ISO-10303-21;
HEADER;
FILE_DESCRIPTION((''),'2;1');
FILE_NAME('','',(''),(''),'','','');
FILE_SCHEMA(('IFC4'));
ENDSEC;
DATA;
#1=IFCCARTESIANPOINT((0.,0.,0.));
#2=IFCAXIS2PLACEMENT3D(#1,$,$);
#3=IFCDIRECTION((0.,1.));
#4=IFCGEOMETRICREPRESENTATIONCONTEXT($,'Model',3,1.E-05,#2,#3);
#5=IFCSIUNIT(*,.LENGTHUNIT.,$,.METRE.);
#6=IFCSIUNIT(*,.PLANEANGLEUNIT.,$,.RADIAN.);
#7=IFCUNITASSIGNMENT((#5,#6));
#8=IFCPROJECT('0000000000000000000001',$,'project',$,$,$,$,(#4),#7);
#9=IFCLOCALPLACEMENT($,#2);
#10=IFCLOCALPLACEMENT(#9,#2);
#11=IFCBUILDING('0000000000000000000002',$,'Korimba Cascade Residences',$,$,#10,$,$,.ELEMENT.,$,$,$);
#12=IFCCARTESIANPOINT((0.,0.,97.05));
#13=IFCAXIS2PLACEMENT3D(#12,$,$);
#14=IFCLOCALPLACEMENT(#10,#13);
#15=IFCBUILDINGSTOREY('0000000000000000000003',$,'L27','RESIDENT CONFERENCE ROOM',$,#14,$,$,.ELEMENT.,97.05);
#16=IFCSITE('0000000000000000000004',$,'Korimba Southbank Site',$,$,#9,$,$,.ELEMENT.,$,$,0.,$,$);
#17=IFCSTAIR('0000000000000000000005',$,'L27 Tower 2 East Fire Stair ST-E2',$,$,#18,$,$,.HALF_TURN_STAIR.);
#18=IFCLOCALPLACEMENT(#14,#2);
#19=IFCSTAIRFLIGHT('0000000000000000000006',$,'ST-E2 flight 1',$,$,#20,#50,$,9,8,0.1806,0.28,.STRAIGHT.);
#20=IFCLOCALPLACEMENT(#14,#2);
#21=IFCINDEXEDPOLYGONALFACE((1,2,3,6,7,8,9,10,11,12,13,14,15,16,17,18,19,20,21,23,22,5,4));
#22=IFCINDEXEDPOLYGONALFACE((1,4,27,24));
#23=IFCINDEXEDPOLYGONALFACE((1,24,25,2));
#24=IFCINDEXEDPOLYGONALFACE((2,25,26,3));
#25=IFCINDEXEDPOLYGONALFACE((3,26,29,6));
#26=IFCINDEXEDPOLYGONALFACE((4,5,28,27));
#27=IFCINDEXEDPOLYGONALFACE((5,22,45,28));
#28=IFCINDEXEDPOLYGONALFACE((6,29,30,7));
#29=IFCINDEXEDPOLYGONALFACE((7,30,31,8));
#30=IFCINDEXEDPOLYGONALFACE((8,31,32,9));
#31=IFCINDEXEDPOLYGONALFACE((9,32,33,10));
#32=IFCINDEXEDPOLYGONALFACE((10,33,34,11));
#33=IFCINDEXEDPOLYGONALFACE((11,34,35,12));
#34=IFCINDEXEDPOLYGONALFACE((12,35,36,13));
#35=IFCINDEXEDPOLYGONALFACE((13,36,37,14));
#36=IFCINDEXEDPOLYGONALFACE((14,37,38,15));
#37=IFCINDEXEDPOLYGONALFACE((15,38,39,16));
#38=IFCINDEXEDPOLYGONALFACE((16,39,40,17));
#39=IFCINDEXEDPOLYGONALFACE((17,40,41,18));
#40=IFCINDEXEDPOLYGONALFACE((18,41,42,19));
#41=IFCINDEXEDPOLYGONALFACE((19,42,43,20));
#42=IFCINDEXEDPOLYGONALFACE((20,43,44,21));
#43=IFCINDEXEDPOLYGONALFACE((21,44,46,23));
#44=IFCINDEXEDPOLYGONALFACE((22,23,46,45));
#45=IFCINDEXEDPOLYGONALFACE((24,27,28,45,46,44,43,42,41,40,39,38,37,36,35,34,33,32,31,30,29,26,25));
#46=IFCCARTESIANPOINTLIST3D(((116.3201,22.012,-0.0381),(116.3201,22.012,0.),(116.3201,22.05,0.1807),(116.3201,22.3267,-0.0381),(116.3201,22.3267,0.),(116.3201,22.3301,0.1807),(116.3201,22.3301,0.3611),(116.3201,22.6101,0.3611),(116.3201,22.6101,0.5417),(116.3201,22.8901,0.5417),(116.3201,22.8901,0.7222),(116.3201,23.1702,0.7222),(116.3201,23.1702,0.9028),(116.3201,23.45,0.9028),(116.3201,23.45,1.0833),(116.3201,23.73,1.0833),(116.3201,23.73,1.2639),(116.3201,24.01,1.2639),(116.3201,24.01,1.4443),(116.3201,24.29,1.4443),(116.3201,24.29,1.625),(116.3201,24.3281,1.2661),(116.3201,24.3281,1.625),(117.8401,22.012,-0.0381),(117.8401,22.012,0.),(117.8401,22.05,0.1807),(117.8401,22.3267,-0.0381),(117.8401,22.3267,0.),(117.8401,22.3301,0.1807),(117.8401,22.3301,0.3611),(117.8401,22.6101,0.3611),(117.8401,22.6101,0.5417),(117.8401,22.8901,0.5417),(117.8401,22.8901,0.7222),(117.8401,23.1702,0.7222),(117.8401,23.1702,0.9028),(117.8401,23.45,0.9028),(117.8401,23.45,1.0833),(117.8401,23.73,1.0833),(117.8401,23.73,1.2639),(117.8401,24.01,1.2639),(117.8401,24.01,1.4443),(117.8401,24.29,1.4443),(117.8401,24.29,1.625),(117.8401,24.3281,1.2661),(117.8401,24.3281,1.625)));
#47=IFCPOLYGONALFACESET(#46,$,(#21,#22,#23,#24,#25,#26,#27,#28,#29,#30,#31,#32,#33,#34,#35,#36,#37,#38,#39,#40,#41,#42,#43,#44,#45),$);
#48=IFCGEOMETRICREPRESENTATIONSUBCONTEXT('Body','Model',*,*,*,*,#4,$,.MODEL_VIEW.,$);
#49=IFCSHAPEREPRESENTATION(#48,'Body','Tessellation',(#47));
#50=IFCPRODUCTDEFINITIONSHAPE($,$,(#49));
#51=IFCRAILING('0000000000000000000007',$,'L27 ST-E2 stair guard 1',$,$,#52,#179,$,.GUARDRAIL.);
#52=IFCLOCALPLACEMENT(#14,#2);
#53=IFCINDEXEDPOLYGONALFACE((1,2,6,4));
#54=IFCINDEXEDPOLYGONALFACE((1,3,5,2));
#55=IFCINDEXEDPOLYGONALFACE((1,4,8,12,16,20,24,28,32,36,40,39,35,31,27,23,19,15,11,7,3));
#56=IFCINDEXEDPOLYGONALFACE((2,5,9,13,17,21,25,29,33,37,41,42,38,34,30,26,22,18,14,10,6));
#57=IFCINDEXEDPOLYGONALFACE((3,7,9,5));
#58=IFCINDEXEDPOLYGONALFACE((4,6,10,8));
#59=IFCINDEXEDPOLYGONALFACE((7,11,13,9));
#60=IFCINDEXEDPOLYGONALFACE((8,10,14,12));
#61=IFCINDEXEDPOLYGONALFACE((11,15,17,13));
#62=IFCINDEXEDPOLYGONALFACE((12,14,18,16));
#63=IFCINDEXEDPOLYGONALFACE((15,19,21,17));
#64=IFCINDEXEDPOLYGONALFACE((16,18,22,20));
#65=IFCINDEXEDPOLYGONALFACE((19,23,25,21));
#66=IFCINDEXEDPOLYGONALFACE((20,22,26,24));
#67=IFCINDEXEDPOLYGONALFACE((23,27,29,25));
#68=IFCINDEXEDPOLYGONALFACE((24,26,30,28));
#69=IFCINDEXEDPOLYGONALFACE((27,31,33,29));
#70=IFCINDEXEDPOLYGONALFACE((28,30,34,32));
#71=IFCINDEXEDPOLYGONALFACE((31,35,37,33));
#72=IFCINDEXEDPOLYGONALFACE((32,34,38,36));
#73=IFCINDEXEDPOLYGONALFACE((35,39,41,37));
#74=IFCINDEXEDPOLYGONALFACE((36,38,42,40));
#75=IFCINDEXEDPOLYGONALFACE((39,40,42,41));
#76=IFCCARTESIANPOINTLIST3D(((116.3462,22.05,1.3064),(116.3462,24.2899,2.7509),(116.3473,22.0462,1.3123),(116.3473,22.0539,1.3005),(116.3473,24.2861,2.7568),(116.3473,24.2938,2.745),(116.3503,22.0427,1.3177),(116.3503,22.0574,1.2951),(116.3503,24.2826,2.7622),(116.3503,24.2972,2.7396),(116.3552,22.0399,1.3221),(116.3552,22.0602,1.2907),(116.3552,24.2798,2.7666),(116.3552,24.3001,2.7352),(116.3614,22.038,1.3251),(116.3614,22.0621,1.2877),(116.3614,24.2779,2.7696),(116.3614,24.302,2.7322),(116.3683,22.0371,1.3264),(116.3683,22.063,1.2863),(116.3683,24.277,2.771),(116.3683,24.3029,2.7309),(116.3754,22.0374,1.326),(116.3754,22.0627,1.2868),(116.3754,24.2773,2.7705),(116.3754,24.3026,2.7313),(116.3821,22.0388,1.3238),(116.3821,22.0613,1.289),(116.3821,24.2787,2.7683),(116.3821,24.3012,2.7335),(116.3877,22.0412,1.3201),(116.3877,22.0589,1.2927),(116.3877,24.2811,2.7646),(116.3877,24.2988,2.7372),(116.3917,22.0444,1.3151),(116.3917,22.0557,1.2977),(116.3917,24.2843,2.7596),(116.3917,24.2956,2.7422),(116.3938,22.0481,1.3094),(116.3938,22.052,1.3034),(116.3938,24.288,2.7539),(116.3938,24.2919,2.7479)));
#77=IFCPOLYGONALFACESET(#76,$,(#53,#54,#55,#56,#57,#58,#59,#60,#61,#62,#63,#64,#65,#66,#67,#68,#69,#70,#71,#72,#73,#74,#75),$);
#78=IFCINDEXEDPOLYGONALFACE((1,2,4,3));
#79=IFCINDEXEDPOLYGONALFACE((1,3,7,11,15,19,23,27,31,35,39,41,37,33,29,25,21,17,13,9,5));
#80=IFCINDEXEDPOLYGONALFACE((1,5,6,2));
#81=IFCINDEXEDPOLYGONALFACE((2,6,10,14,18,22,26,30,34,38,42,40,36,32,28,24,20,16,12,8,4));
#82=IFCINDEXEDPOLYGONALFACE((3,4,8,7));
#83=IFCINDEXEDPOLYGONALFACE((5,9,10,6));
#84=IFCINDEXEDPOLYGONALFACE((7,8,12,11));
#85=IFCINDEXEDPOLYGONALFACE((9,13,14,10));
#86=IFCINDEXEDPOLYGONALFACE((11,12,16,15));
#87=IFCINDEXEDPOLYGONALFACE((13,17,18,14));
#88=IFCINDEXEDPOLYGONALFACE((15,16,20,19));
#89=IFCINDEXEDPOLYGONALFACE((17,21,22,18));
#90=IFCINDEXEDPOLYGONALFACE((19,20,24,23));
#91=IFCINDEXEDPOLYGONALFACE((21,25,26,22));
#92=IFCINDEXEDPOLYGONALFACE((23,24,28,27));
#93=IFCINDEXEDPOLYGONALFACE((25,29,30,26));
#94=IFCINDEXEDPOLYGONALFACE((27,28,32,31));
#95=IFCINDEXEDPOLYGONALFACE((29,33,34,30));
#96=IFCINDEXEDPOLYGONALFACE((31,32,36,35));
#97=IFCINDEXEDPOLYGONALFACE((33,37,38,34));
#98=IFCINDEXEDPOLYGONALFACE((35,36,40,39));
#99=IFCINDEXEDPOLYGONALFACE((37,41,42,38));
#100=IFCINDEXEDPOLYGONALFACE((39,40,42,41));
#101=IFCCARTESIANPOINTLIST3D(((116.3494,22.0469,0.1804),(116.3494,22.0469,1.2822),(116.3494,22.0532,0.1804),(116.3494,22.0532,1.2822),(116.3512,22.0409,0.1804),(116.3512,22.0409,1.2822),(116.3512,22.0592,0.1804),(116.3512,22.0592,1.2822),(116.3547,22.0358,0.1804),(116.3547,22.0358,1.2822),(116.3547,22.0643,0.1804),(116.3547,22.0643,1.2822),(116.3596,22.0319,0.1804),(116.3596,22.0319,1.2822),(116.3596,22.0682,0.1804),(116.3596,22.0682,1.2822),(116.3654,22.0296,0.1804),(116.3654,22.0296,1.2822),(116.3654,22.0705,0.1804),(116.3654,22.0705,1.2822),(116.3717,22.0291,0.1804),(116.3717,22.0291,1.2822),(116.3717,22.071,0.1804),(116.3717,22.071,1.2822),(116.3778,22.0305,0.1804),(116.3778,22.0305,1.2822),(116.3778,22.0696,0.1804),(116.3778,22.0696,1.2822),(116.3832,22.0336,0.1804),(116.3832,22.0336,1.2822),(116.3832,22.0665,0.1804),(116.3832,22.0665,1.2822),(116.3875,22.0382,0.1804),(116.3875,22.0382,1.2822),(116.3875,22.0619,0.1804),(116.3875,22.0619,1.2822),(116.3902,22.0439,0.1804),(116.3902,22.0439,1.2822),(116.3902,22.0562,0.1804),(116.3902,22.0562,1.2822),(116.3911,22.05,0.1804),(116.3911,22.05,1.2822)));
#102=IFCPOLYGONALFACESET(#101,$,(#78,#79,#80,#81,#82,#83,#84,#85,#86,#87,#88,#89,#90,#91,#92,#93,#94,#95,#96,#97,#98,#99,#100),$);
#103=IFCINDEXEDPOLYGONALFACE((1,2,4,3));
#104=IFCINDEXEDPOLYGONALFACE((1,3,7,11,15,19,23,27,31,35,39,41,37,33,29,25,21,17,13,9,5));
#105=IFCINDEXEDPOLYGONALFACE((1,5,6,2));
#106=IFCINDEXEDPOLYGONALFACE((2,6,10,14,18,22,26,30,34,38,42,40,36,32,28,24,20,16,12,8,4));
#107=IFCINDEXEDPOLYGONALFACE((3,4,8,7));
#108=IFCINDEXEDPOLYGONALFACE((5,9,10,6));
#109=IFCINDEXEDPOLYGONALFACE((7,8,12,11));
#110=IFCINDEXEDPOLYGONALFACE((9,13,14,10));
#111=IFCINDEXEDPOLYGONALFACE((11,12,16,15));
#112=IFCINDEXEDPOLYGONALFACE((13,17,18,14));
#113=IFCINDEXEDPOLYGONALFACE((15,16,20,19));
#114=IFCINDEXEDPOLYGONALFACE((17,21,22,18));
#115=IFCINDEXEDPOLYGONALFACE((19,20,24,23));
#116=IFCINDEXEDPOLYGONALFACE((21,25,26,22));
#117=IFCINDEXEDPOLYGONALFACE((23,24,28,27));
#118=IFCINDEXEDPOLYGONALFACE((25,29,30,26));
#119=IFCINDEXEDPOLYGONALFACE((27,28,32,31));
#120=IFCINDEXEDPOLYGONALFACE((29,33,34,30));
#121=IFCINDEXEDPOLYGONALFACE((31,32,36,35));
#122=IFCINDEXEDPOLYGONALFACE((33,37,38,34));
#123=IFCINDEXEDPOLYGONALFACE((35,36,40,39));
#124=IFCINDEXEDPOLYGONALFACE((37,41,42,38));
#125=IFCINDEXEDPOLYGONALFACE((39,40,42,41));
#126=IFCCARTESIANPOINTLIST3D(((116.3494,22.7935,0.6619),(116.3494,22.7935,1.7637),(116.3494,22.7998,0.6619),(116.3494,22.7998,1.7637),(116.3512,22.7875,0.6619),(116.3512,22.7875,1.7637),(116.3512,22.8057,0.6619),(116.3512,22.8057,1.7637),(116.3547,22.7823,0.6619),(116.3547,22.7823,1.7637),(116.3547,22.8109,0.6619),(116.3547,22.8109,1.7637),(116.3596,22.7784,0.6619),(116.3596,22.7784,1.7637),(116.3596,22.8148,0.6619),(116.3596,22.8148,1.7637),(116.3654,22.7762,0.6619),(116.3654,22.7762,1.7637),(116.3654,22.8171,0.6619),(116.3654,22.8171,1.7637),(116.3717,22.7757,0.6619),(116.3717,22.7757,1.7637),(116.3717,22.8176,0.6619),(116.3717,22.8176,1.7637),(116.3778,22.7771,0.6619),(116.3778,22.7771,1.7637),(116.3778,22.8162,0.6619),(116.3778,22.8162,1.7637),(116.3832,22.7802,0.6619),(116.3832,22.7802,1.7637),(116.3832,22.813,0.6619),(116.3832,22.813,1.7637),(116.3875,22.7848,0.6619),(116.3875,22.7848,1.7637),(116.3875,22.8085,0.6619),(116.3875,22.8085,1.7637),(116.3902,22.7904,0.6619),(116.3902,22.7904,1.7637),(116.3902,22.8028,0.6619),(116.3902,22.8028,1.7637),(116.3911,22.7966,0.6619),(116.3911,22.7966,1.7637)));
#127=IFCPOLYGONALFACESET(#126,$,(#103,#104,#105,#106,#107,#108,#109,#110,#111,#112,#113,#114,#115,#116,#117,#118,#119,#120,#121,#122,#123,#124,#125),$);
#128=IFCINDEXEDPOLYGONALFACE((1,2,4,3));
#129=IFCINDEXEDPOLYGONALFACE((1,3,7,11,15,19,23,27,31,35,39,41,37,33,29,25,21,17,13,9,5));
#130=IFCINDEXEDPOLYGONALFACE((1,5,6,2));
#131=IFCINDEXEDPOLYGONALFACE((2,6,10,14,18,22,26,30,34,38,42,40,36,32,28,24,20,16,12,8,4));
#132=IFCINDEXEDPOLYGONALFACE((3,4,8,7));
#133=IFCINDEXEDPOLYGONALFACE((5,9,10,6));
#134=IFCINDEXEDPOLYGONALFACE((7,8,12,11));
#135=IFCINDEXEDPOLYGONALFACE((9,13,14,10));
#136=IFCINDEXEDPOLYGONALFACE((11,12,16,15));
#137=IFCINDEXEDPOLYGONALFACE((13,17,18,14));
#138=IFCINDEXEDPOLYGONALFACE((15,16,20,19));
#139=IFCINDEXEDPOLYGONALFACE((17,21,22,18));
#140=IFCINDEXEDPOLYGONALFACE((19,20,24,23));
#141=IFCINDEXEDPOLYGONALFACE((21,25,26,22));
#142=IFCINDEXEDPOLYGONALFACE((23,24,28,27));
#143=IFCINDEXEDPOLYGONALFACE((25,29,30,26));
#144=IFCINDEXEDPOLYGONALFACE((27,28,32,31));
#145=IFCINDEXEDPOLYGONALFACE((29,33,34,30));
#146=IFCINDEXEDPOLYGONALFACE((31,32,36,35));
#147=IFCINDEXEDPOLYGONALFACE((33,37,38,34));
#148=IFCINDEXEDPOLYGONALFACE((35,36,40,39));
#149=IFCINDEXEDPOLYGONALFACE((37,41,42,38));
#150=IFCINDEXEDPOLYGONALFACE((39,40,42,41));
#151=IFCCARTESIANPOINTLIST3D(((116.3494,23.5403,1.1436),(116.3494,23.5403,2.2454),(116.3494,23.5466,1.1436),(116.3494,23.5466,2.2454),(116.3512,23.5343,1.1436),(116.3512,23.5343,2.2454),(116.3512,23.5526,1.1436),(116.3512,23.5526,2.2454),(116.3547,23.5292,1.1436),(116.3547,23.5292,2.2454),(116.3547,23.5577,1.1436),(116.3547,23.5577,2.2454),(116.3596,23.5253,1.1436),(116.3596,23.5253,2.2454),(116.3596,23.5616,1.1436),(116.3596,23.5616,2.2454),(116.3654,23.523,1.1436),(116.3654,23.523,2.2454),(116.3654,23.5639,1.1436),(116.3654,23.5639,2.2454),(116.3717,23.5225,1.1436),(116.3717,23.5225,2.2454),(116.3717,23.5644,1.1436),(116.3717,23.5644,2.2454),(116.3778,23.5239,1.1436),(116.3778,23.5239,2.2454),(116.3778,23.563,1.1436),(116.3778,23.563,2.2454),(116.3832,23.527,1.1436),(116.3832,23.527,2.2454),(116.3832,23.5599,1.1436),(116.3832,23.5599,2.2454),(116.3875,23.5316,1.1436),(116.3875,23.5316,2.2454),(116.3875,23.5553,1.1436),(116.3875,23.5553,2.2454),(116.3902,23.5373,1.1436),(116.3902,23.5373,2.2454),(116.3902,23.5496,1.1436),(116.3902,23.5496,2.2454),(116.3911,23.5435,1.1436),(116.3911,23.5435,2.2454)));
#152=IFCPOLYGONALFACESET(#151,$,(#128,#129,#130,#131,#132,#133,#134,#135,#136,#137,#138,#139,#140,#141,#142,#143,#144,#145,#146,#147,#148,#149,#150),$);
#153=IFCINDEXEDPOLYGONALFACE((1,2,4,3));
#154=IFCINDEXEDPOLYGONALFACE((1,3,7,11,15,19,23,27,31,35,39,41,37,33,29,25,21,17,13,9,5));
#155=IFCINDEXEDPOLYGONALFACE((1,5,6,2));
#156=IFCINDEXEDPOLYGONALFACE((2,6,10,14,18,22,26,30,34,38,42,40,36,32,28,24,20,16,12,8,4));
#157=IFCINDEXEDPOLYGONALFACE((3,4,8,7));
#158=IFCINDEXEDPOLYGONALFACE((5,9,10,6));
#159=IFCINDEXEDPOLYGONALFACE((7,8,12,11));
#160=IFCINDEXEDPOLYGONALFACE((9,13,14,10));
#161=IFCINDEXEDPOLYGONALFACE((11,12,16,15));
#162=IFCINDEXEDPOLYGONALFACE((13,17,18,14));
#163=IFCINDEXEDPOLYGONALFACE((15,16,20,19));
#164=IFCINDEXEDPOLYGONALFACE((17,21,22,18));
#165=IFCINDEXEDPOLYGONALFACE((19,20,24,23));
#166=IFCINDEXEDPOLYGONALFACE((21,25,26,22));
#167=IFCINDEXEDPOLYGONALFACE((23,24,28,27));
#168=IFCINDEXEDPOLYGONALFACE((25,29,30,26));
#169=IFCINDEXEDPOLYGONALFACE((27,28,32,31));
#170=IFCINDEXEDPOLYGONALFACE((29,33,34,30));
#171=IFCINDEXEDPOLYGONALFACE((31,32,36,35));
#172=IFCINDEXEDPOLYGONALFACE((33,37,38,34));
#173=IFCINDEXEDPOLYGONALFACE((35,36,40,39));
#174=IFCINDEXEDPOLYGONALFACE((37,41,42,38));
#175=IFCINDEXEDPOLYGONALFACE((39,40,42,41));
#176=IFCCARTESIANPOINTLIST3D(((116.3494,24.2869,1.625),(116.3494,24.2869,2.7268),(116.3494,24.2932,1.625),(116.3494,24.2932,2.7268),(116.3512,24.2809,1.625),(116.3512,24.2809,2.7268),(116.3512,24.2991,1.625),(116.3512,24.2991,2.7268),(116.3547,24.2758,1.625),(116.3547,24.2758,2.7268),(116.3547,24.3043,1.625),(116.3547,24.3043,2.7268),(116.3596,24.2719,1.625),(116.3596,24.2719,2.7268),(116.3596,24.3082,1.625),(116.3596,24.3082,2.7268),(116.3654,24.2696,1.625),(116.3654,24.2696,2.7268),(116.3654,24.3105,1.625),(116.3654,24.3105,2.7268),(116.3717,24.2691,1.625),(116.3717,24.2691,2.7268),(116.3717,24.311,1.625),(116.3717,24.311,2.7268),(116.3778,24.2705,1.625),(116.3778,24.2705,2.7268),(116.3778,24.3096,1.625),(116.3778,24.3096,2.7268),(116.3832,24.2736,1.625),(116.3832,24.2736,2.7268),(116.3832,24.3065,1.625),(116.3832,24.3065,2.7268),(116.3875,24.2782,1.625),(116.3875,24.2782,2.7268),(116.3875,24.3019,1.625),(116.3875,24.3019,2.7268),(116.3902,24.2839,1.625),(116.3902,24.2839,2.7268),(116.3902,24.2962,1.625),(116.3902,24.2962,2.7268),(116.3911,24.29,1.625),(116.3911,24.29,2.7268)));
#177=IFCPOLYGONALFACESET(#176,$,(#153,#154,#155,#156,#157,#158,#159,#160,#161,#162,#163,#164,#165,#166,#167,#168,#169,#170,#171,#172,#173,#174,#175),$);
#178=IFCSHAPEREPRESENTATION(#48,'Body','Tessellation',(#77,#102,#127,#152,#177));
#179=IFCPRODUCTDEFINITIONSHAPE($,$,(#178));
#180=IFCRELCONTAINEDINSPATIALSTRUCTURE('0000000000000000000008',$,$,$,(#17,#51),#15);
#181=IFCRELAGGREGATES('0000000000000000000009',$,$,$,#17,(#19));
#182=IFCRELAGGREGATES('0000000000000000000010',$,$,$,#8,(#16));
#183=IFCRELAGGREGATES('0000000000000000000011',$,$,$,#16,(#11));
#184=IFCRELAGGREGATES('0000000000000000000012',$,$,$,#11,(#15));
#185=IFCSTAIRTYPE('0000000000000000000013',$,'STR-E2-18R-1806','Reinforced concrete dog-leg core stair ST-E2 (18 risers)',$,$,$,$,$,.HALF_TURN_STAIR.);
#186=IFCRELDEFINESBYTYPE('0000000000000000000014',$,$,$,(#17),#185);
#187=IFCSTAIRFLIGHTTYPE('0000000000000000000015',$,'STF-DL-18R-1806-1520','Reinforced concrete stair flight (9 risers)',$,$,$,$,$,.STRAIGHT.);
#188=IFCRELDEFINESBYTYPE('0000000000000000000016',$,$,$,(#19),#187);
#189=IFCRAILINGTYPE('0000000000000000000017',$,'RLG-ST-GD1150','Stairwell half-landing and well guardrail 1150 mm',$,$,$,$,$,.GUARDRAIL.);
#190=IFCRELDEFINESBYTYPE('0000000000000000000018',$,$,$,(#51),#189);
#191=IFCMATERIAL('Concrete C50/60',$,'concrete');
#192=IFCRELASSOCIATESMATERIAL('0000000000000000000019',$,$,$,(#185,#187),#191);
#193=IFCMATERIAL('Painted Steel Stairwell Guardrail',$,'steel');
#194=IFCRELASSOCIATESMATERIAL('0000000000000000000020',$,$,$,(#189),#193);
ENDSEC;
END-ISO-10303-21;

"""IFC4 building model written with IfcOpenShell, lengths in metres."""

from ifc_helpers import new_model, si_unit, direction, frame, origin, origin_2d, place, context, subcontext, project, spatial, polyline, circle, outline, extrude, material, type_object, element, aggregate, save


model = new_model("IFC4")

# Units and contexts
model_context = context("Model", 3, precision=1e-05, world=origin(), true_north=direction((0.0, 1.0)))
body_context = subcontext(model_context, "Body", "Model", "MODEL_VIEW")
ifc_project = project(units=[si_unit("LENGTHUNIT", "METRE"), si_unit("PLANEANGLEUNIT", "RADIAN")], contexts=[model_context])

# Site, building, storey
site_placement = place(None, origin())
site = spatial("IfcSite", under=ifc_project, at=site_placement, Name="Korimba Southbank Site", CompositionType="ELEMENT", RefElevation=0.0)
building_placement = place(site_placement, origin())
building = spatial("IfcBuilding", under=site, at=building_placement, Name="Korimba Cascade Residences", CompositionType="ELEMENT")
storey_placement = place(building_placement, frame((0.0, 0.0, 97.05)))
storey = spatial("IfcBuildingStorey", under=building, at=storey_placement, Name="L27", Description="RESIDENT CONFERENCE ROOM", CompositionType="ELEMENT", Elevation=97.05)

# Stair, stair flight
ifc_material_1 = material(Name="Concrete C50/60", Category="concrete")
stair_type = type_object("IfcStairType", Name="STR-E2-18R-1806", Description="Reinforced concrete dog-leg core stair ST-E2 (18 risers)", PredefinedType="HALF_TURN_STAIR", material=ifc_material_1)
stair_placement = place(storey_placement, origin())
stair = element("IfcStair", 1, at=stair_placement, inside=storey, type_object=stair_type, Name="L27 Tower 2 East Fire Stair ST-E2", PredefinedType="HALF_TURN_STAIR")
stair_flight_type = type_object("IfcStairFlightType", Name="STF-DL-18R-1806-1520", Description="Reinforced concrete stair flight (9 risers)", PredefinedType="STRAIGHT", material=ifc_material_1)
stair_flight_placement = place(storey_placement, frame((117.0801, 22.05, 0.0), z_axis=(0.0, 0.0, 1.0), x_axis=(0.0, 1.0, 0.0)))
stair_flight = element("IfcStairFlight", 2, at=stair_flight_placement, type_object=stair_flight_type, Name="ST-E2 flight 1", NumberOfRisers=9, NumberOfTreads=8, PredefinedType="STRAIGHT", RiserHeight=0.1806, TreadLength=0.28, context=body_context, shape_type="SweptSolid", body=[
    extrude(outline(polyline([(-0.0381, 0.0), (0.0, 0.1807), (0.28, 0.1807), (0.28, 0.3611), (0.5601, 0.3611), (0.5601, 0.5417), (0.8401, 0.5417), (0.8401, 0.7222), (1.1201, 0.7222), (1.1201, 0.9028), (1.3999, 0.9028), (1.3999, 1.0833), (1.6799, 1.0833), (1.6799, 1.2639), (1.96, 1.2639), (1.96, 1.4443), (2.24, 1.4443), (2.24, 1.625), (2.2781, 1.625), (2.2781, 1.2661), (0.2766, 0.0), (0.2766, -0.0381), (-0.0381, -0.0381), (-0.0381, 0.0)])), frame((0.0, 0.76, 0.0), z_axis=(0.0, -1.0, 0.0), x_axis=(1.0, 0.0, 0.0)), (0.0, 0.0, 1.0), 1.52),
])
aggregate(stair, [stair_flight])

# Railing
ifc_material_2 = material(Name="Painted Steel Stairwell Guardrail", Category="steel")
railing_type_1 = type_object("IfcRailingType", Name="RLG-ST-GD1150", Description="Stairwell half-landing and well guardrail 1150 mm", PredefinedType="GUARDRAIL", material=ifc_material_2)
railing_1_placement = place(storey_placement, frame((116.3701, 22.05, 0.1804)))
element("IfcRailing", 3, at=railing_1_placement, inside=storey, type_object=railing_type_1, Name="L27 ST-E2 stair guard 1", PredefinedType="GUARDRAIL", context=body_context, shape_type="SweptSolid", body=[
    extrude(circle(Radius=0.0239, at=origin_2d()), frame((0.0, 0.0, 1.126), z_axis=(0.0, 0.840395, 0.541975), x_axis=(-1.0, 0.0, 0.0)), (0.0, 0.0, 1.0), 2.6653),
    extrude(circle(Radius=0.021, at=origin_2d()), origin(), (0.0, 0.0, 1.0), 1.1018),
    extrude(circle(Radius=0.021, at=origin_2d()), frame((0.0, 0.7466, 0.4814)), (0.0, 0.0, 1.0), 1.1018),
    extrude(circle(Radius=0.021, at=origin_2d()), frame((0.0, 1.4934, 0.9631)), (0.0, 0.0, 1.0), 1.1018),
    extrude(circle(Radius=0.021, at=origin_2d()), frame((0.0, 2.24, 1.4446)), (0.0, 0.0, 1.0), 1.1018),
])

save(model, "model.ifc")
